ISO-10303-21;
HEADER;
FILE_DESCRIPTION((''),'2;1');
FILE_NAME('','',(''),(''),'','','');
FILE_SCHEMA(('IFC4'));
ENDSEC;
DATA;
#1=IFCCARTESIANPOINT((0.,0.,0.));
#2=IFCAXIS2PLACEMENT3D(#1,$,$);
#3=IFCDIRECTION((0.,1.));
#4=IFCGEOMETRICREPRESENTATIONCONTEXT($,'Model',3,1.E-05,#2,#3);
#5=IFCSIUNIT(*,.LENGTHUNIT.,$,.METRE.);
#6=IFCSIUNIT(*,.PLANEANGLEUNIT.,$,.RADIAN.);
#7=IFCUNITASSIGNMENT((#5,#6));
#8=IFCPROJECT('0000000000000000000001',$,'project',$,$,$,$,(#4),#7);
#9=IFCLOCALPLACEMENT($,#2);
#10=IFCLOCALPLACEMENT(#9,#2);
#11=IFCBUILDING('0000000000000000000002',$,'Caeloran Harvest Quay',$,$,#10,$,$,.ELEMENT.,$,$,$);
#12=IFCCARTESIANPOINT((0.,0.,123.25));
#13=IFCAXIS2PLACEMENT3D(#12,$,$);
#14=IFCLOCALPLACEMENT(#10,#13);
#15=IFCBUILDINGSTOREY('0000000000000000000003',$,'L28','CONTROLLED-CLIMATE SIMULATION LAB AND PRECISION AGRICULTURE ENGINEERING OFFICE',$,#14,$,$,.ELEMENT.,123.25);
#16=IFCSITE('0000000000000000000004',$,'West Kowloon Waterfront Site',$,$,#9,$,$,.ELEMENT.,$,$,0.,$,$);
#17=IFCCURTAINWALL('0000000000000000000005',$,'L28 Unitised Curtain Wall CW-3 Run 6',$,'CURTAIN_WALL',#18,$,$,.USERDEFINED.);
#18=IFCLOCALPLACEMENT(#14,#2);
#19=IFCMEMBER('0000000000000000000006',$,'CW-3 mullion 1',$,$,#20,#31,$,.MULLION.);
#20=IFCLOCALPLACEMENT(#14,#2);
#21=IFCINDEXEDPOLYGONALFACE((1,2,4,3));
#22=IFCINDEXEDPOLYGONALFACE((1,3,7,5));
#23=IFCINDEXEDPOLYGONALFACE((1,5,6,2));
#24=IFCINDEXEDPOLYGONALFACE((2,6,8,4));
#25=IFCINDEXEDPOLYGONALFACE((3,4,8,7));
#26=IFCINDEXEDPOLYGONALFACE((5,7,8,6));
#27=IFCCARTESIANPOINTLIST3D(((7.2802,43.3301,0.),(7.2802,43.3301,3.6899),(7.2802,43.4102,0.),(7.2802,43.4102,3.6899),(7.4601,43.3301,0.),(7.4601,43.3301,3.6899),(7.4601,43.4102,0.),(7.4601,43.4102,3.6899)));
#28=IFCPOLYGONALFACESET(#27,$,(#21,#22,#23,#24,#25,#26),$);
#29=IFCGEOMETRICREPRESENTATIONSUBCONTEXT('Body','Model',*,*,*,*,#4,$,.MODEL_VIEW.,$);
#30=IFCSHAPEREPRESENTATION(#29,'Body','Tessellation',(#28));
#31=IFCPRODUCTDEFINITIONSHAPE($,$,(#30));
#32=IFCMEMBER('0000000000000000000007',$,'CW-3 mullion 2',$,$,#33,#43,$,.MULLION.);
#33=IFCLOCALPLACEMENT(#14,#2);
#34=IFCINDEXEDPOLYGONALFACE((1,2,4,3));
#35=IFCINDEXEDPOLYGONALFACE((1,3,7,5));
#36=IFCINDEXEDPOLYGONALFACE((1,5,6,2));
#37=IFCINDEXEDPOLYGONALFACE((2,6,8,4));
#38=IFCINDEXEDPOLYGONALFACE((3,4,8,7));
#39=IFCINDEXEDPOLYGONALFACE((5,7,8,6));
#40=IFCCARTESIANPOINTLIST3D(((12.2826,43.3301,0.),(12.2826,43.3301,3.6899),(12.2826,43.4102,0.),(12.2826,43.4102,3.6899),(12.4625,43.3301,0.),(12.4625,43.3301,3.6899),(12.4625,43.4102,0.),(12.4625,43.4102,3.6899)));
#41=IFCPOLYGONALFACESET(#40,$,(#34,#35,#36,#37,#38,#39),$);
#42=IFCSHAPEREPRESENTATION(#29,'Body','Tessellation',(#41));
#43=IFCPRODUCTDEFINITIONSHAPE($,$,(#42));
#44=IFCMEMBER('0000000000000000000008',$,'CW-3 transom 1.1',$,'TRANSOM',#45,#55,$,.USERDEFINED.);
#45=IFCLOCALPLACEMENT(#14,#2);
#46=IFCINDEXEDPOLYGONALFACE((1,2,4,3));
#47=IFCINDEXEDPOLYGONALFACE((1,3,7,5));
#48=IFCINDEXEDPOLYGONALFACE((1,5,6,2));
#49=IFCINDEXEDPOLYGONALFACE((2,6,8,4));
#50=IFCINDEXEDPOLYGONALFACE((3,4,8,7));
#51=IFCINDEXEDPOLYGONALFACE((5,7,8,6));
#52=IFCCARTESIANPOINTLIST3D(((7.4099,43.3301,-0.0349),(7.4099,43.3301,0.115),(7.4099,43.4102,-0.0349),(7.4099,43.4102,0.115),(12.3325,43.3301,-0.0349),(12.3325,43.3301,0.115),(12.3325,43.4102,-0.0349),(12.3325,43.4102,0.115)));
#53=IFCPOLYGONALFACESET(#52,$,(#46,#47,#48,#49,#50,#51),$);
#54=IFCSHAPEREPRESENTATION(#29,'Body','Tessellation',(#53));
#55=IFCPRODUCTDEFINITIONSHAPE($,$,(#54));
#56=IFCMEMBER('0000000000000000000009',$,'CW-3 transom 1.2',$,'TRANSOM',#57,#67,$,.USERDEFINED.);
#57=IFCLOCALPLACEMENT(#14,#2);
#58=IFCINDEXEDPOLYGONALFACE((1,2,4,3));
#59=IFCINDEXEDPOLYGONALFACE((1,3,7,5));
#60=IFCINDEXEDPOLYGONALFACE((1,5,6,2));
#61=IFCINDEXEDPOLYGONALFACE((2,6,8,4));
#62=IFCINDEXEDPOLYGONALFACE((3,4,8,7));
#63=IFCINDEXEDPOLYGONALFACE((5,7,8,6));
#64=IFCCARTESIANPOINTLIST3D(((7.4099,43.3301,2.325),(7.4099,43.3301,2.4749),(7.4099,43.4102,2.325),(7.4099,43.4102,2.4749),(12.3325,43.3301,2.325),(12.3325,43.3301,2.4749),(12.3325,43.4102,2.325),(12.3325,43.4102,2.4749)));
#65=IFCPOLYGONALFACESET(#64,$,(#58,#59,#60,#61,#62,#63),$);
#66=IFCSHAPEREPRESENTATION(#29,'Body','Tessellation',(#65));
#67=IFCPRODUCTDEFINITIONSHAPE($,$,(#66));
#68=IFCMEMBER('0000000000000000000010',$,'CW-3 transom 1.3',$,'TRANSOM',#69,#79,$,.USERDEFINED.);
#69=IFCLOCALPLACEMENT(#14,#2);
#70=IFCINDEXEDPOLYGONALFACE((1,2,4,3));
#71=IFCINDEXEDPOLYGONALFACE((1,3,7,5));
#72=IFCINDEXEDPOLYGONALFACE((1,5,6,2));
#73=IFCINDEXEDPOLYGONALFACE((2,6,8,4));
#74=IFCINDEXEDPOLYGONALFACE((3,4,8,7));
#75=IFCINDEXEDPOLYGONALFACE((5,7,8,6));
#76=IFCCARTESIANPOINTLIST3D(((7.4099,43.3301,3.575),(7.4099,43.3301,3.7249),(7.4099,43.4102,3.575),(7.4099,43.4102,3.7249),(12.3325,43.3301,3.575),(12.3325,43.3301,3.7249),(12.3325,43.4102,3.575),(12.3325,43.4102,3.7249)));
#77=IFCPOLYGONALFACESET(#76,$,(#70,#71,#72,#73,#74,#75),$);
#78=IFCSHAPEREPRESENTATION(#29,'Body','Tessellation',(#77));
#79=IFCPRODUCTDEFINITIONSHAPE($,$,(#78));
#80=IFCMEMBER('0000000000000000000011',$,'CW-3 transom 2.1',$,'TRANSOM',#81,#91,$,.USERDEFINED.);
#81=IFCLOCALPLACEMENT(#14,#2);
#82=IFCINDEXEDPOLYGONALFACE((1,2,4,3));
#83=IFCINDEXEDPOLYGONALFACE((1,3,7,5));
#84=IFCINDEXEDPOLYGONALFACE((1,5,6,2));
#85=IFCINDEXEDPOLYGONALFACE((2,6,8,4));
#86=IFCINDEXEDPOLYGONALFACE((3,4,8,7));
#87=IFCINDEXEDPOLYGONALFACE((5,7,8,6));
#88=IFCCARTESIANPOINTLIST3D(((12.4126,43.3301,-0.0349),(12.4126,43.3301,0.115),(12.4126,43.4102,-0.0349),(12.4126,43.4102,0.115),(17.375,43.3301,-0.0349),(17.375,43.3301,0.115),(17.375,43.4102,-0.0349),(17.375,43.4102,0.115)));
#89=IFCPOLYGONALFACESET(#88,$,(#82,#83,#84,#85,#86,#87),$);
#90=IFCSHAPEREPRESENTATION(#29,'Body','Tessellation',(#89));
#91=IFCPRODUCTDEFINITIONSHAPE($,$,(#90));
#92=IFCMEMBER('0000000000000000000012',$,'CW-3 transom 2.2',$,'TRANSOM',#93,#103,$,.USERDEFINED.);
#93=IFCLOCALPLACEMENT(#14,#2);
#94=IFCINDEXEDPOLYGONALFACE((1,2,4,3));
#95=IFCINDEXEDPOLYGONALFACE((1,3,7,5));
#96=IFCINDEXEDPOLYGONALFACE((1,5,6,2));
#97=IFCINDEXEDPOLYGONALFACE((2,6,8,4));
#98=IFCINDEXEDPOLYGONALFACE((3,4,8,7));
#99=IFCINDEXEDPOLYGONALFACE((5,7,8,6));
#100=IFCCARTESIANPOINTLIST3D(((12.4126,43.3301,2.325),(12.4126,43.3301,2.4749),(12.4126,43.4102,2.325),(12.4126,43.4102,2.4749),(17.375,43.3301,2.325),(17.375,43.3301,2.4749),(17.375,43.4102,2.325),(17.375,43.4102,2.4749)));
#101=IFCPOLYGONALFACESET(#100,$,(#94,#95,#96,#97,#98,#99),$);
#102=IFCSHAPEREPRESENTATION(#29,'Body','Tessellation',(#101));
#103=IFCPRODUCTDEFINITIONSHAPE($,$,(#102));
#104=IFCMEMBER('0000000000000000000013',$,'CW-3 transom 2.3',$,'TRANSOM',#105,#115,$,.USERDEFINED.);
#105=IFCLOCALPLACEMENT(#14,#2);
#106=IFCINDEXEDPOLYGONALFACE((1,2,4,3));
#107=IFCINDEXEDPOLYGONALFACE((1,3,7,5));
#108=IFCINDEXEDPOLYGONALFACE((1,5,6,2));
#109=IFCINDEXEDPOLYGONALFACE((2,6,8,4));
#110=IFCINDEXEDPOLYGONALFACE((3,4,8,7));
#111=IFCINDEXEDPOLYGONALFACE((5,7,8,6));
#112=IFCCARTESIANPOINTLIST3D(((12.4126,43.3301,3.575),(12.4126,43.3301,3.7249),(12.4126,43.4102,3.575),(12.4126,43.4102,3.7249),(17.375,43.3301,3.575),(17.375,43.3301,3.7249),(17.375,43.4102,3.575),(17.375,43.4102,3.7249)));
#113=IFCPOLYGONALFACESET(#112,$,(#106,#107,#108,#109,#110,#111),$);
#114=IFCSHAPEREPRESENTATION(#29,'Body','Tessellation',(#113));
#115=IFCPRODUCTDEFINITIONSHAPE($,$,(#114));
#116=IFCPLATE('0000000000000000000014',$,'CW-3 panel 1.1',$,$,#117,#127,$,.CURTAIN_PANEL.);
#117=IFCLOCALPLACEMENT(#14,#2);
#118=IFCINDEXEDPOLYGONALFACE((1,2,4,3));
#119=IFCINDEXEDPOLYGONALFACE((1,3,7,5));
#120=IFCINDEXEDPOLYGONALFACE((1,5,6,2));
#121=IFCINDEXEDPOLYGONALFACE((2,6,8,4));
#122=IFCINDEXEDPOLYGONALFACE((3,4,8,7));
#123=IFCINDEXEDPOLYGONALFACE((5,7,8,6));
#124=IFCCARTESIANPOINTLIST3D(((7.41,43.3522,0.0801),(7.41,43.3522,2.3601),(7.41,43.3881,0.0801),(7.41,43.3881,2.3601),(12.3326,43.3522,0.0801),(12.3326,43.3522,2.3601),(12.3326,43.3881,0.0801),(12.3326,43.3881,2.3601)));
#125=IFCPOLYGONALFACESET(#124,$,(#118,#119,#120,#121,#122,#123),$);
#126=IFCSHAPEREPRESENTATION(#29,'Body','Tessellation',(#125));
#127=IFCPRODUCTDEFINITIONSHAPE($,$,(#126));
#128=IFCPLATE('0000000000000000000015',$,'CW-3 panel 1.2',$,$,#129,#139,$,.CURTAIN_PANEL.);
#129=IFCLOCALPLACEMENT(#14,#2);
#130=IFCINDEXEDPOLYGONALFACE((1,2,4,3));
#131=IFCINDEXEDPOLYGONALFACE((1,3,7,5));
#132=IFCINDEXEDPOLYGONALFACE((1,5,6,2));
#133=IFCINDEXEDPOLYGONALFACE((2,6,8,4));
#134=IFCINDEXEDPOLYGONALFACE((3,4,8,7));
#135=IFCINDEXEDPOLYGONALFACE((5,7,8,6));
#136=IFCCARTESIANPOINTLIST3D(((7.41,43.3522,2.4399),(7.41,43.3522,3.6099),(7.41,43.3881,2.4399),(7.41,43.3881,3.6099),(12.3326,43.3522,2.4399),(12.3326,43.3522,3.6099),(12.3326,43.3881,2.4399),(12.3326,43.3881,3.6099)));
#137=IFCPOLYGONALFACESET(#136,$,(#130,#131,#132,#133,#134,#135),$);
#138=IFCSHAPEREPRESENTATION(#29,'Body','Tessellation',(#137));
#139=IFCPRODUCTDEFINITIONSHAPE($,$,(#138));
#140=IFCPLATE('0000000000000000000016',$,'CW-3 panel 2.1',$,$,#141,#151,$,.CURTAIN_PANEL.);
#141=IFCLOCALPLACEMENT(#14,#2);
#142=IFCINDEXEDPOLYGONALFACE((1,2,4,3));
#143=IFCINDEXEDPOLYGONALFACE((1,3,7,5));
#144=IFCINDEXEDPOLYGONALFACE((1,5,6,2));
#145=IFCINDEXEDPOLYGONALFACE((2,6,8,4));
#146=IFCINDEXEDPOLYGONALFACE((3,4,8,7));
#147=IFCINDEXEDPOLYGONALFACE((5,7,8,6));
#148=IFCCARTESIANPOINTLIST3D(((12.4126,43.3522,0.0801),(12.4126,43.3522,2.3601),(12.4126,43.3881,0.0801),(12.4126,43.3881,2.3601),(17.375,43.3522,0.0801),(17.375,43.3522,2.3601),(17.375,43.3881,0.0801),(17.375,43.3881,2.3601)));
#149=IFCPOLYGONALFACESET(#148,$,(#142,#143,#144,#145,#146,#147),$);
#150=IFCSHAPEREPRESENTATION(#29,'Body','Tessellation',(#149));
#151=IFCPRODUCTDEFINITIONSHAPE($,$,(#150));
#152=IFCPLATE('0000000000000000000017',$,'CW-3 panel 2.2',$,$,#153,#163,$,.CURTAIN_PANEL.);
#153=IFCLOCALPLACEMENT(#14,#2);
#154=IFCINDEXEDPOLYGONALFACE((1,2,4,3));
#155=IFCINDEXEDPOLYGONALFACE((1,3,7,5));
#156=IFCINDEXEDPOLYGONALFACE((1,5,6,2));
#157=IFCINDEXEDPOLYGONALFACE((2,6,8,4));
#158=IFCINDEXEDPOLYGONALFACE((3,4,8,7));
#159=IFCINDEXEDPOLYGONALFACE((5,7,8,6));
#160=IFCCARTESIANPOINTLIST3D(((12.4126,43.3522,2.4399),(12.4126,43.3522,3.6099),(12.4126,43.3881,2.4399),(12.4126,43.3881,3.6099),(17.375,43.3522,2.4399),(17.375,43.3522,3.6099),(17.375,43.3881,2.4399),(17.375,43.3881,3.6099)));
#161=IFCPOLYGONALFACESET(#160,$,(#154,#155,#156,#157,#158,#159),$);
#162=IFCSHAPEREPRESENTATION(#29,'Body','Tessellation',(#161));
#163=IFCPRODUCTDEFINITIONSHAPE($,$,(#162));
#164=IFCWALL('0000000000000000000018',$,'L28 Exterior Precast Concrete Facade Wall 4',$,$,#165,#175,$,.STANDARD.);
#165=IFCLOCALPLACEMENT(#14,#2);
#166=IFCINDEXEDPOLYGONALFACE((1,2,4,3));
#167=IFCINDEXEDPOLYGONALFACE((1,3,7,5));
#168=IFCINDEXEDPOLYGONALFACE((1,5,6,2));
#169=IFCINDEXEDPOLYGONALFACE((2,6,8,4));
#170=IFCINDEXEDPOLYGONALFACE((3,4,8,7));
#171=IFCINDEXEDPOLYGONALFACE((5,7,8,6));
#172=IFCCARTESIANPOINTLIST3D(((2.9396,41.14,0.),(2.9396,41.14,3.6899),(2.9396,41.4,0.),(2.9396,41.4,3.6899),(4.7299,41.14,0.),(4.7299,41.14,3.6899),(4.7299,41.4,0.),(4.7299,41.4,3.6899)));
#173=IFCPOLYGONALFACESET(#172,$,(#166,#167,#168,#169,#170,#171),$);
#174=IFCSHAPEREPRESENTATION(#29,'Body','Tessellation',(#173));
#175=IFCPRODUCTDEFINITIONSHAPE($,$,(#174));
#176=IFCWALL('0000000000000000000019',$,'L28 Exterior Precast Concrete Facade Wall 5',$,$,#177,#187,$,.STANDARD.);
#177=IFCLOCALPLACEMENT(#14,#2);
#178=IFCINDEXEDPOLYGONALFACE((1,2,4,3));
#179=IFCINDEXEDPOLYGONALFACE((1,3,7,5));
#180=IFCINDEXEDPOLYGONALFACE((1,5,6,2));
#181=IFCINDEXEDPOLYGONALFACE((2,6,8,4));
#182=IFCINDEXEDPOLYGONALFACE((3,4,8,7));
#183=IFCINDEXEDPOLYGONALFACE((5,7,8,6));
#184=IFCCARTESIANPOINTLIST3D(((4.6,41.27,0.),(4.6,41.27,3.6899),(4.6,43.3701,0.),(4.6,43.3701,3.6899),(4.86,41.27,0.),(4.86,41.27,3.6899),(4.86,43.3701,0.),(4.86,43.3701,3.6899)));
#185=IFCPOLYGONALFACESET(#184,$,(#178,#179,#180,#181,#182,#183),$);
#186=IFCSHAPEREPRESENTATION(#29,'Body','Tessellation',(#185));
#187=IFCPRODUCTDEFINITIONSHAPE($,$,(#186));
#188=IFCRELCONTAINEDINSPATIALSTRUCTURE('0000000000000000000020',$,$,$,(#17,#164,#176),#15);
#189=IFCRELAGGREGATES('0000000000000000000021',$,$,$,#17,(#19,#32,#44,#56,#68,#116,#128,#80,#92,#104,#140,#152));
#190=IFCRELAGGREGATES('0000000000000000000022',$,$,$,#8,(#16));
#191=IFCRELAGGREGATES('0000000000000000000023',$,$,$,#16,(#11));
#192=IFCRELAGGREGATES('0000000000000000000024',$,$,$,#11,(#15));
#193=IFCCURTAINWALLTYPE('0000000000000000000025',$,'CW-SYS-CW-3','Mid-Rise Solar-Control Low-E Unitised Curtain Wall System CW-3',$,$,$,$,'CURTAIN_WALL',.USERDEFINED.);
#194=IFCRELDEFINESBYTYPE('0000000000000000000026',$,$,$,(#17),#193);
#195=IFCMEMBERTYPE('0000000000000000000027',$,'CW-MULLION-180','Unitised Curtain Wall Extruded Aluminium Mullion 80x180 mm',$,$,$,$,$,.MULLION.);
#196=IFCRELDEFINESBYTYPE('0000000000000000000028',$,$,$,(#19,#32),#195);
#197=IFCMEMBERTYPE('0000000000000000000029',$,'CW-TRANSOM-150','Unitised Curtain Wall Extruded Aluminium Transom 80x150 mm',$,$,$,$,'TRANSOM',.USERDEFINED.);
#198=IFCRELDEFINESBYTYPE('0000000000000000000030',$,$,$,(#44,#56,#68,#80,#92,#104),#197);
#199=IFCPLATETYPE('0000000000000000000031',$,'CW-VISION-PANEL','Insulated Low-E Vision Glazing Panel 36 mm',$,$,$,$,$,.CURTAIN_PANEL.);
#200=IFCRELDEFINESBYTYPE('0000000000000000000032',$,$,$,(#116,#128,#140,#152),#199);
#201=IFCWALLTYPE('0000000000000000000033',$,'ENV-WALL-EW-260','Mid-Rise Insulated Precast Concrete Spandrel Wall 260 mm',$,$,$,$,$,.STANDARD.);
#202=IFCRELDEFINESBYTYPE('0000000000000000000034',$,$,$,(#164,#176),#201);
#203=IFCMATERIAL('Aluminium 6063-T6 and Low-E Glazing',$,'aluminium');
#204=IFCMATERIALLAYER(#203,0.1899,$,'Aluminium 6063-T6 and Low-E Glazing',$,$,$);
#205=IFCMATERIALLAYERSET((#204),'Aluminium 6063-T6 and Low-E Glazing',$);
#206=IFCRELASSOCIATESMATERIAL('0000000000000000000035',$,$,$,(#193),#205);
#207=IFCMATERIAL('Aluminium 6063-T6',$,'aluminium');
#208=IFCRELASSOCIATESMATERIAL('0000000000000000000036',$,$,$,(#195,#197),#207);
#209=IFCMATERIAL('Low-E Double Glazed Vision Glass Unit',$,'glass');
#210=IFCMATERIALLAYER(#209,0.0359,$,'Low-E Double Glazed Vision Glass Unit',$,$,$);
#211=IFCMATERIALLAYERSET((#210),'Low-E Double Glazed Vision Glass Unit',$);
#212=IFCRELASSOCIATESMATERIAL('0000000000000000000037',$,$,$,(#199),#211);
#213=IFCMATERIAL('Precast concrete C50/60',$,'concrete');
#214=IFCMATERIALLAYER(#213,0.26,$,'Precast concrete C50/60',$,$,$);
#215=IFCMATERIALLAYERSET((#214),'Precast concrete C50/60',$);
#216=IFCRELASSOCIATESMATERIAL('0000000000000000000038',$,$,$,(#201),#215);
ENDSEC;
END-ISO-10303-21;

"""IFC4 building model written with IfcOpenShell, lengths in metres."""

from ifc_helpers import new_model, si_unit, direction, frame, frame_2d, origin, origin_2d, place, context, subcontext, project, spatial, rectangle, extrude, material, layer, layer_set, material_profile, profile_set, type_object, element, aggregate, save


model = new_model("IFC4")

# Units and contexts
model_context = context("Model", 3, precision=1e-05, world=origin(), true_north=direction((0.0, 1.0)))
body_context = subcontext(model_context, "Body", "Model", "MODEL_VIEW")
ifc_project = project(units=[si_unit("LENGTHUNIT", "METRE"), si_unit("PLANEANGLEUNIT", "RADIAN")], contexts=[model_context])

# Site, building, storey
site_placement = place(None, origin())
site = spatial("IfcSite", under=ifc_project, at=site_placement, Name="West Kowloon Waterfront Site", CompositionType="ELEMENT", RefElevation=0.0)
building_placement = place(site_placement, origin())
building = spatial("IfcBuilding", under=site, at=building_placement, Name="Caeloran Harvest Quay", CompositionType="ELEMENT")
storey_placement = place(building_placement, frame((0.0, 0.0, 123.25)))
storey = spatial("IfcBuildingStorey", under=building, at=storey_placement, Name="L28", Description="CONTROLLED-CLIMATE SIMULATION LAB AND PRECISION AGRICULTURE ENGINEERING OFFICE", CompositionType="ELEMENT", Elevation=123.25)

# Curtain wall, members, plates
ifc_material_1 = material(Name="Aluminium 6063-T6 and Low-E Glazing", Category="aluminium")
ifc_layer_1 = layer(ifc_material_1, 0.1899, Name="Aluminium 6063-T6 and Low-E Glazing")
ifc_layer_set_1 = layer_set([ifc_layer_1], Name="Aluminium 6063-T6 and Low-E Glazing")
curtain_wall_type = type_object("IfcCurtainWallType", Name="CW-SYS-CW-3", Description="Mid-Rise Solar-Control Low-E Unitised Curtain Wall System CW-3", ElementType="CURTAIN_WALL", PredefinedType="USERDEFINED", material=ifc_layer_set_1)
curtain_wall_placement = place(storey_placement, origin())
curtain_wall = element("IfcCurtainWall", 1, at=curtain_wall_placement, inside=storey, type_object=curtain_wall_type, Name="L28 Unitised Curtain Wall CW-3 Run 6", ObjectType="CURTAIN_WALL", PredefinedType="USERDEFINED")
ifc_material_2 = material(Name="Aluminium 6063-T6", Category="aluminium")
ifc_material_profile_1 = material_profile(ifc_material_2, rectangle(XDim=0.0801, YDim=0.1799, at=origin_2d()), Name="CW-MULLION-180")
ifc_profile_set_1 = profile_set([ifc_material_profile_1], Name="Aluminium 6063-T6")
member_type_1 = type_object("IfcMemberType", Name="CW-MULLION-180", Description="Unitised Curtain Wall Extruded Aluminium Mullion 80x180 mm", PredefinedType="MULLION", material=ifc_profile_set_1)
member_1_placement = place(storey_placement, frame((7.3701, 43.3701, 0.0), z_axis=(0.0, 0.0, 1.0), x_axis=(0.0, 1.0, 0.0)))
member_1 = element("IfcMember", 2, at=member_1_placement, type_object=member_type_1, Name="CW-3 mullion 1", PredefinedType="MULLION", context=body_context, shape_type="SweptSolid", body=[
    extrude(rectangle(XDim=0.0801, YDim=0.1799, at=origin_2d()), origin(), (0.0, 0.0, 1.0), 3.6899),
])
member_2_placement = place(storey_placement, frame((12.3726, 43.3701, 0.0), z_axis=(0.0, 0.0, 1.0), x_axis=(0.0, 1.0, 0.0)))
member_2 = element("IfcMember", 3, at=member_2_placement, type_object=member_type_1, Name="CW-3 mullion 2", PredefinedType="MULLION", context=body_context, shape_type="SweptSolid", body=[
    extrude(rectangle(XDim=0.0801, YDim=0.1799, at=origin_2d()), origin(), (0.0, 0.0, 1.0), 3.6899),
])
ifc_material_profile_2 = material_profile(ifc_material_2, rectangle(XDim=0.0801, YDim=0.1499, at=origin_2d()), Name="CW-TRANSOM-150")
ifc_profile_set_2 = profile_set([ifc_material_profile_2], Name="Aluminium 6063-T6")
member_type_2 = type_object("IfcMemberType", Name="CW-TRANSOM-150", Description="Unitised Curtain Wall Extruded Aluminium Transom 80x150 mm", ElementType="TRANSOM", PredefinedType="USERDEFINED", material=ifc_profile_set_2)
member_3_placement = place(storey_placement, frame((7.4099, 43.3701, 0.04), z_axis=(1.0, 0.0, 0.0), x_axis=(0.0, 1.0, 0.0)))
member_3 = element("IfcMember", 4, at=member_3_placement, type_object=member_type_2, Name="CW-3 transom 1.1", ObjectType="TRANSOM", PredefinedType="USERDEFINED", context=body_context, shape_type="SweptSolid", body=[
    extrude(rectangle(XDim=0.0801, YDim=0.1499, at=origin_2d()), origin(), (0.0, 0.0, 1.0), 4.9226),
])
member_4_placement = place(storey_placement, frame((7.4099, 43.3701, 2.3999), z_axis=(1.0, 0.0, 0.0), x_axis=(0.0, 1.0, 0.0)))
member_4 = element("IfcMember", 5, at=member_4_placement, type_object=member_type_2, Name="CW-3 transom 1.2", ObjectType="TRANSOM", PredefinedType="USERDEFINED", context=body_context, shape_type="SweptSolid", body=[
    extrude(rectangle(XDim=0.0801, YDim=0.1499, at=origin_2d()), origin(), (0.0, 0.0, 1.0), 4.9226),
])
member_5_placement = place(storey_placement, frame((7.4099, 43.3701, 3.6499), z_axis=(1.0, 0.0, 0.0), x_axis=(0.0, 1.0, 0.0)))
member_5 = element("IfcMember", 6, at=member_5_placement, type_object=member_type_2, Name="CW-3 transom 1.3", ObjectType="TRANSOM", PredefinedType="USERDEFINED", context=body_context, shape_type="SweptSolid", body=[
    extrude(rectangle(XDim=0.0801, YDim=0.1499, at=origin_2d()), origin(), (0.0, 0.0, 1.0), 4.9226),
])
member_6_placement = place(storey_placement, frame((12.4126, 43.3701, 0.04), z_axis=(1.0, 0.0, 0.0), x_axis=(0.0, 1.0, 0.0)))
member_6 = element("IfcMember", 7, at=member_6_placement, type_object=member_type_2, Name="CW-3 transom 2.1", ObjectType="TRANSOM", PredefinedType="USERDEFINED", context=body_context, shape_type="SweptSolid", body=[
    extrude(rectangle(XDim=0.0801, YDim=0.1499, at=origin_2d()), origin(), (0.0, 0.0, 1.0), 4.9624),
])
member_7_placement = place(storey_placement, frame((12.4126, 43.3701, 2.3999), z_axis=(1.0, 0.0, 0.0), x_axis=(0.0, 1.0, 0.0)))
member_7 = element("IfcMember", 8, at=member_7_placement, type_object=member_type_2, Name="CW-3 transom 2.2", ObjectType="TRANSOM", PredefinedType="USERDEFINED", context=body_context, shape_type="SweptSolid", body=[
    extrude(rectangle(XDim=0.0801, YDim=0.1499, at=origin_2d()), origin(), (0.0, 0.0, 1.0), 4.9624),
])
member_8_placement = place(storey_placement, frame((12.4126, 43.3701, 3.6499), z_axis=(1.0, 0.0, 0.0), x_axis=(0.0, 1.0, 0.0)))
member_8 = element("IfcMember", 9, at=member_8_placement, type_object=member_type_2, Name="CW-3 transom 2.3", ObjectType="TRANSOM", PredefinedType="USERDEFINED", context=body_context, shape_type="SweptSolid", body=[
    extrude(rectangle(XDim=0.0801, YDim=0.1499, at=origin_2d()), origin(), (0.0, 0.0, 1.0), 4.9624),
])
ifc_material_3 = material(Name="Low-E Double Glazed Vision Glass Unit", Category="glass")
ifc_layer_2 = layer(ifc_material_3, 0.0359, Name="Low-E Double Glazed Vision Glass Unit")
ifc_layer_set_2 = layer_set([ifc_layer_2], Name="Low-E Double Glazed Vision Glass Unit")
plate_type = type_object("IfcPlateType", Name="CW-VISION-PANEL", Description="Insulated Low-E Vision Glazing Panel 36 mm", PredefinedType="CURTAIN_PANEL", material=ifc_layer_set_2)
plate_1_placement = place(storey_placement, frame((9.8713, 43.3701, 0.0801), z_axis=(0.0, 0.0, 1.0), x_axis=(1.0, 0.0, 0.0)))
plate_1 = element("IfcPlate", 10, at=plate_1_placement, type_object=plate_type, Name="CW-3 panel 1.1", PredefinedType="CURTAIN_PANEL", context=body_context, shape_type="SweptSolid", body=[
    extrude(rectangle(XDim=4.9226, YDim=0.0359, at=origin_2d()), origin(), (0.0, 0.0, 1.0), 2.28),
])
plate_2_placement = place(storey_placement, frame((9.8713, 43.3701, 2.4399), z_axis=(0.0, 0.0, 1.0), x_axis=(1.0, 0.0, 0.0)))
plate_2 = element("IfcPlate", 11, at=plate_2_placement, type_object=plate_type, Name="CW-3 panel 1.2", PredefinedType="CURTAIN_PANEL", context=body_context, shape_type="SweptSolid", body=[
    extrude(rectangle(XDim=4.9226, YDim=0.0359, at=origin_2d()), origin(), (0.0, 0.0, 1.0), 1.1699),
])
plate_3_placement = place(storey_placement, frame((14.8938, 43.3701, 0.0801), z_axis=(0.0, 0.0, 1.0), x_axis=(1.0, 0.0, 0.0)))
plate_3 = element("IfcPlate", 12, at=plate_3_placement, type_object=plate_type, Name="CW-3 panel 2.1", PredefinedType="CURTAIN_PANEL", context=body_context, shape_type="SweptSolid", body=[
    extrude(rectangle(XDim=4.9624, YDim=0.0359, at=origin_2d()), origin(), (0.0, 0.0, 1.0), 2.28),
])
plate_4_placement = place(storey_placement, frame((14.8938, 43.3701, 2.4399), z_axis=(0.0, 0.0, 1.0), x_axis=(1.0, 0.0, 0.0)))
plate_4 = element("IfcPlate", 13, at=plate_4_placement, type_object=plate_type, Name="CW-3 panel 2.2", PredefinedType="CURTAIN_PANEL", context=body_context, shape_type="SweptSolid", body=[
    extrude(rectangle(XDim=4.9624, YDim=0.0359, at=origin_2d()), origin(), (0.0, 0.0, 1.0), 1.1699),
])
aggregate(curtain_wall, [member_1, member_2, member_3, member_4, member_5, plate_1, plate_2, member_6, member_7, member_8, plate_3, plate_4])

# Walls
ifc_material_4 = material(Name="Precast concrete C50/60", Category="concrete")
ifc_layer_3 = layer(ifc_material_4, 0.26, Name="Precast concrete C50/60")
ifc_layer_set_3 = layer_set([ifc_layer_3], Name="Precast concrete C50/60")
wall_type_1 = type_object("IfcWallType", Name="ENV-WALL-EW-260", Description="Mid-Rise Insulated Precast Concrete Spandrel Wall 260 mm", PredefinedType="STANDARD", material=ifc_layer_set_3)
wall_1_placement = place(storey_placement, frame((2.9397, 41.27, 0.0), z_axis=(0.0, 0.0, 1.0), x_axis=(1.0, 0.0, 0.0)))
element("IfcWall", 14, at=wall_1_placement, inside=storey, type_object=wall_type_1, Name="L28 Exterior Precast Concrete Facade Wall 4", PredefinedType="STANDARD", context=body_context, shape_type="SweptSolid", body=[
    extrude(rectangle(XDim=1.7903, YDim=0.26, at=frame_2d((0.895, 0.0))), origin(), (0.0, 0.0, 1.0), 3.6899),
])
wall_2_placement = place(storey_placement, frame((4.73, 41.27, 0.0), z_axis=(0.0, 0.0, 1.0), x_axis=(0.0, 1.0, 0.0)))
element("IfcWall", 15, at=wall_2_placement, inside=storey, type_object=wall_type_1, Name="L28 Exterior Precast Concrete Facade Wall 5", PredefinedType="STANDARD", context=body_context, shape_type="SweptSolid", body=[
    extrude(rectangle(XDim=2.1001, YDim=0.26, at=frame_2d((1.05, 0.0))), origin(), (0.0, 0.0, 1.0), 3.6899),
])

save(model, "model.ifc")
